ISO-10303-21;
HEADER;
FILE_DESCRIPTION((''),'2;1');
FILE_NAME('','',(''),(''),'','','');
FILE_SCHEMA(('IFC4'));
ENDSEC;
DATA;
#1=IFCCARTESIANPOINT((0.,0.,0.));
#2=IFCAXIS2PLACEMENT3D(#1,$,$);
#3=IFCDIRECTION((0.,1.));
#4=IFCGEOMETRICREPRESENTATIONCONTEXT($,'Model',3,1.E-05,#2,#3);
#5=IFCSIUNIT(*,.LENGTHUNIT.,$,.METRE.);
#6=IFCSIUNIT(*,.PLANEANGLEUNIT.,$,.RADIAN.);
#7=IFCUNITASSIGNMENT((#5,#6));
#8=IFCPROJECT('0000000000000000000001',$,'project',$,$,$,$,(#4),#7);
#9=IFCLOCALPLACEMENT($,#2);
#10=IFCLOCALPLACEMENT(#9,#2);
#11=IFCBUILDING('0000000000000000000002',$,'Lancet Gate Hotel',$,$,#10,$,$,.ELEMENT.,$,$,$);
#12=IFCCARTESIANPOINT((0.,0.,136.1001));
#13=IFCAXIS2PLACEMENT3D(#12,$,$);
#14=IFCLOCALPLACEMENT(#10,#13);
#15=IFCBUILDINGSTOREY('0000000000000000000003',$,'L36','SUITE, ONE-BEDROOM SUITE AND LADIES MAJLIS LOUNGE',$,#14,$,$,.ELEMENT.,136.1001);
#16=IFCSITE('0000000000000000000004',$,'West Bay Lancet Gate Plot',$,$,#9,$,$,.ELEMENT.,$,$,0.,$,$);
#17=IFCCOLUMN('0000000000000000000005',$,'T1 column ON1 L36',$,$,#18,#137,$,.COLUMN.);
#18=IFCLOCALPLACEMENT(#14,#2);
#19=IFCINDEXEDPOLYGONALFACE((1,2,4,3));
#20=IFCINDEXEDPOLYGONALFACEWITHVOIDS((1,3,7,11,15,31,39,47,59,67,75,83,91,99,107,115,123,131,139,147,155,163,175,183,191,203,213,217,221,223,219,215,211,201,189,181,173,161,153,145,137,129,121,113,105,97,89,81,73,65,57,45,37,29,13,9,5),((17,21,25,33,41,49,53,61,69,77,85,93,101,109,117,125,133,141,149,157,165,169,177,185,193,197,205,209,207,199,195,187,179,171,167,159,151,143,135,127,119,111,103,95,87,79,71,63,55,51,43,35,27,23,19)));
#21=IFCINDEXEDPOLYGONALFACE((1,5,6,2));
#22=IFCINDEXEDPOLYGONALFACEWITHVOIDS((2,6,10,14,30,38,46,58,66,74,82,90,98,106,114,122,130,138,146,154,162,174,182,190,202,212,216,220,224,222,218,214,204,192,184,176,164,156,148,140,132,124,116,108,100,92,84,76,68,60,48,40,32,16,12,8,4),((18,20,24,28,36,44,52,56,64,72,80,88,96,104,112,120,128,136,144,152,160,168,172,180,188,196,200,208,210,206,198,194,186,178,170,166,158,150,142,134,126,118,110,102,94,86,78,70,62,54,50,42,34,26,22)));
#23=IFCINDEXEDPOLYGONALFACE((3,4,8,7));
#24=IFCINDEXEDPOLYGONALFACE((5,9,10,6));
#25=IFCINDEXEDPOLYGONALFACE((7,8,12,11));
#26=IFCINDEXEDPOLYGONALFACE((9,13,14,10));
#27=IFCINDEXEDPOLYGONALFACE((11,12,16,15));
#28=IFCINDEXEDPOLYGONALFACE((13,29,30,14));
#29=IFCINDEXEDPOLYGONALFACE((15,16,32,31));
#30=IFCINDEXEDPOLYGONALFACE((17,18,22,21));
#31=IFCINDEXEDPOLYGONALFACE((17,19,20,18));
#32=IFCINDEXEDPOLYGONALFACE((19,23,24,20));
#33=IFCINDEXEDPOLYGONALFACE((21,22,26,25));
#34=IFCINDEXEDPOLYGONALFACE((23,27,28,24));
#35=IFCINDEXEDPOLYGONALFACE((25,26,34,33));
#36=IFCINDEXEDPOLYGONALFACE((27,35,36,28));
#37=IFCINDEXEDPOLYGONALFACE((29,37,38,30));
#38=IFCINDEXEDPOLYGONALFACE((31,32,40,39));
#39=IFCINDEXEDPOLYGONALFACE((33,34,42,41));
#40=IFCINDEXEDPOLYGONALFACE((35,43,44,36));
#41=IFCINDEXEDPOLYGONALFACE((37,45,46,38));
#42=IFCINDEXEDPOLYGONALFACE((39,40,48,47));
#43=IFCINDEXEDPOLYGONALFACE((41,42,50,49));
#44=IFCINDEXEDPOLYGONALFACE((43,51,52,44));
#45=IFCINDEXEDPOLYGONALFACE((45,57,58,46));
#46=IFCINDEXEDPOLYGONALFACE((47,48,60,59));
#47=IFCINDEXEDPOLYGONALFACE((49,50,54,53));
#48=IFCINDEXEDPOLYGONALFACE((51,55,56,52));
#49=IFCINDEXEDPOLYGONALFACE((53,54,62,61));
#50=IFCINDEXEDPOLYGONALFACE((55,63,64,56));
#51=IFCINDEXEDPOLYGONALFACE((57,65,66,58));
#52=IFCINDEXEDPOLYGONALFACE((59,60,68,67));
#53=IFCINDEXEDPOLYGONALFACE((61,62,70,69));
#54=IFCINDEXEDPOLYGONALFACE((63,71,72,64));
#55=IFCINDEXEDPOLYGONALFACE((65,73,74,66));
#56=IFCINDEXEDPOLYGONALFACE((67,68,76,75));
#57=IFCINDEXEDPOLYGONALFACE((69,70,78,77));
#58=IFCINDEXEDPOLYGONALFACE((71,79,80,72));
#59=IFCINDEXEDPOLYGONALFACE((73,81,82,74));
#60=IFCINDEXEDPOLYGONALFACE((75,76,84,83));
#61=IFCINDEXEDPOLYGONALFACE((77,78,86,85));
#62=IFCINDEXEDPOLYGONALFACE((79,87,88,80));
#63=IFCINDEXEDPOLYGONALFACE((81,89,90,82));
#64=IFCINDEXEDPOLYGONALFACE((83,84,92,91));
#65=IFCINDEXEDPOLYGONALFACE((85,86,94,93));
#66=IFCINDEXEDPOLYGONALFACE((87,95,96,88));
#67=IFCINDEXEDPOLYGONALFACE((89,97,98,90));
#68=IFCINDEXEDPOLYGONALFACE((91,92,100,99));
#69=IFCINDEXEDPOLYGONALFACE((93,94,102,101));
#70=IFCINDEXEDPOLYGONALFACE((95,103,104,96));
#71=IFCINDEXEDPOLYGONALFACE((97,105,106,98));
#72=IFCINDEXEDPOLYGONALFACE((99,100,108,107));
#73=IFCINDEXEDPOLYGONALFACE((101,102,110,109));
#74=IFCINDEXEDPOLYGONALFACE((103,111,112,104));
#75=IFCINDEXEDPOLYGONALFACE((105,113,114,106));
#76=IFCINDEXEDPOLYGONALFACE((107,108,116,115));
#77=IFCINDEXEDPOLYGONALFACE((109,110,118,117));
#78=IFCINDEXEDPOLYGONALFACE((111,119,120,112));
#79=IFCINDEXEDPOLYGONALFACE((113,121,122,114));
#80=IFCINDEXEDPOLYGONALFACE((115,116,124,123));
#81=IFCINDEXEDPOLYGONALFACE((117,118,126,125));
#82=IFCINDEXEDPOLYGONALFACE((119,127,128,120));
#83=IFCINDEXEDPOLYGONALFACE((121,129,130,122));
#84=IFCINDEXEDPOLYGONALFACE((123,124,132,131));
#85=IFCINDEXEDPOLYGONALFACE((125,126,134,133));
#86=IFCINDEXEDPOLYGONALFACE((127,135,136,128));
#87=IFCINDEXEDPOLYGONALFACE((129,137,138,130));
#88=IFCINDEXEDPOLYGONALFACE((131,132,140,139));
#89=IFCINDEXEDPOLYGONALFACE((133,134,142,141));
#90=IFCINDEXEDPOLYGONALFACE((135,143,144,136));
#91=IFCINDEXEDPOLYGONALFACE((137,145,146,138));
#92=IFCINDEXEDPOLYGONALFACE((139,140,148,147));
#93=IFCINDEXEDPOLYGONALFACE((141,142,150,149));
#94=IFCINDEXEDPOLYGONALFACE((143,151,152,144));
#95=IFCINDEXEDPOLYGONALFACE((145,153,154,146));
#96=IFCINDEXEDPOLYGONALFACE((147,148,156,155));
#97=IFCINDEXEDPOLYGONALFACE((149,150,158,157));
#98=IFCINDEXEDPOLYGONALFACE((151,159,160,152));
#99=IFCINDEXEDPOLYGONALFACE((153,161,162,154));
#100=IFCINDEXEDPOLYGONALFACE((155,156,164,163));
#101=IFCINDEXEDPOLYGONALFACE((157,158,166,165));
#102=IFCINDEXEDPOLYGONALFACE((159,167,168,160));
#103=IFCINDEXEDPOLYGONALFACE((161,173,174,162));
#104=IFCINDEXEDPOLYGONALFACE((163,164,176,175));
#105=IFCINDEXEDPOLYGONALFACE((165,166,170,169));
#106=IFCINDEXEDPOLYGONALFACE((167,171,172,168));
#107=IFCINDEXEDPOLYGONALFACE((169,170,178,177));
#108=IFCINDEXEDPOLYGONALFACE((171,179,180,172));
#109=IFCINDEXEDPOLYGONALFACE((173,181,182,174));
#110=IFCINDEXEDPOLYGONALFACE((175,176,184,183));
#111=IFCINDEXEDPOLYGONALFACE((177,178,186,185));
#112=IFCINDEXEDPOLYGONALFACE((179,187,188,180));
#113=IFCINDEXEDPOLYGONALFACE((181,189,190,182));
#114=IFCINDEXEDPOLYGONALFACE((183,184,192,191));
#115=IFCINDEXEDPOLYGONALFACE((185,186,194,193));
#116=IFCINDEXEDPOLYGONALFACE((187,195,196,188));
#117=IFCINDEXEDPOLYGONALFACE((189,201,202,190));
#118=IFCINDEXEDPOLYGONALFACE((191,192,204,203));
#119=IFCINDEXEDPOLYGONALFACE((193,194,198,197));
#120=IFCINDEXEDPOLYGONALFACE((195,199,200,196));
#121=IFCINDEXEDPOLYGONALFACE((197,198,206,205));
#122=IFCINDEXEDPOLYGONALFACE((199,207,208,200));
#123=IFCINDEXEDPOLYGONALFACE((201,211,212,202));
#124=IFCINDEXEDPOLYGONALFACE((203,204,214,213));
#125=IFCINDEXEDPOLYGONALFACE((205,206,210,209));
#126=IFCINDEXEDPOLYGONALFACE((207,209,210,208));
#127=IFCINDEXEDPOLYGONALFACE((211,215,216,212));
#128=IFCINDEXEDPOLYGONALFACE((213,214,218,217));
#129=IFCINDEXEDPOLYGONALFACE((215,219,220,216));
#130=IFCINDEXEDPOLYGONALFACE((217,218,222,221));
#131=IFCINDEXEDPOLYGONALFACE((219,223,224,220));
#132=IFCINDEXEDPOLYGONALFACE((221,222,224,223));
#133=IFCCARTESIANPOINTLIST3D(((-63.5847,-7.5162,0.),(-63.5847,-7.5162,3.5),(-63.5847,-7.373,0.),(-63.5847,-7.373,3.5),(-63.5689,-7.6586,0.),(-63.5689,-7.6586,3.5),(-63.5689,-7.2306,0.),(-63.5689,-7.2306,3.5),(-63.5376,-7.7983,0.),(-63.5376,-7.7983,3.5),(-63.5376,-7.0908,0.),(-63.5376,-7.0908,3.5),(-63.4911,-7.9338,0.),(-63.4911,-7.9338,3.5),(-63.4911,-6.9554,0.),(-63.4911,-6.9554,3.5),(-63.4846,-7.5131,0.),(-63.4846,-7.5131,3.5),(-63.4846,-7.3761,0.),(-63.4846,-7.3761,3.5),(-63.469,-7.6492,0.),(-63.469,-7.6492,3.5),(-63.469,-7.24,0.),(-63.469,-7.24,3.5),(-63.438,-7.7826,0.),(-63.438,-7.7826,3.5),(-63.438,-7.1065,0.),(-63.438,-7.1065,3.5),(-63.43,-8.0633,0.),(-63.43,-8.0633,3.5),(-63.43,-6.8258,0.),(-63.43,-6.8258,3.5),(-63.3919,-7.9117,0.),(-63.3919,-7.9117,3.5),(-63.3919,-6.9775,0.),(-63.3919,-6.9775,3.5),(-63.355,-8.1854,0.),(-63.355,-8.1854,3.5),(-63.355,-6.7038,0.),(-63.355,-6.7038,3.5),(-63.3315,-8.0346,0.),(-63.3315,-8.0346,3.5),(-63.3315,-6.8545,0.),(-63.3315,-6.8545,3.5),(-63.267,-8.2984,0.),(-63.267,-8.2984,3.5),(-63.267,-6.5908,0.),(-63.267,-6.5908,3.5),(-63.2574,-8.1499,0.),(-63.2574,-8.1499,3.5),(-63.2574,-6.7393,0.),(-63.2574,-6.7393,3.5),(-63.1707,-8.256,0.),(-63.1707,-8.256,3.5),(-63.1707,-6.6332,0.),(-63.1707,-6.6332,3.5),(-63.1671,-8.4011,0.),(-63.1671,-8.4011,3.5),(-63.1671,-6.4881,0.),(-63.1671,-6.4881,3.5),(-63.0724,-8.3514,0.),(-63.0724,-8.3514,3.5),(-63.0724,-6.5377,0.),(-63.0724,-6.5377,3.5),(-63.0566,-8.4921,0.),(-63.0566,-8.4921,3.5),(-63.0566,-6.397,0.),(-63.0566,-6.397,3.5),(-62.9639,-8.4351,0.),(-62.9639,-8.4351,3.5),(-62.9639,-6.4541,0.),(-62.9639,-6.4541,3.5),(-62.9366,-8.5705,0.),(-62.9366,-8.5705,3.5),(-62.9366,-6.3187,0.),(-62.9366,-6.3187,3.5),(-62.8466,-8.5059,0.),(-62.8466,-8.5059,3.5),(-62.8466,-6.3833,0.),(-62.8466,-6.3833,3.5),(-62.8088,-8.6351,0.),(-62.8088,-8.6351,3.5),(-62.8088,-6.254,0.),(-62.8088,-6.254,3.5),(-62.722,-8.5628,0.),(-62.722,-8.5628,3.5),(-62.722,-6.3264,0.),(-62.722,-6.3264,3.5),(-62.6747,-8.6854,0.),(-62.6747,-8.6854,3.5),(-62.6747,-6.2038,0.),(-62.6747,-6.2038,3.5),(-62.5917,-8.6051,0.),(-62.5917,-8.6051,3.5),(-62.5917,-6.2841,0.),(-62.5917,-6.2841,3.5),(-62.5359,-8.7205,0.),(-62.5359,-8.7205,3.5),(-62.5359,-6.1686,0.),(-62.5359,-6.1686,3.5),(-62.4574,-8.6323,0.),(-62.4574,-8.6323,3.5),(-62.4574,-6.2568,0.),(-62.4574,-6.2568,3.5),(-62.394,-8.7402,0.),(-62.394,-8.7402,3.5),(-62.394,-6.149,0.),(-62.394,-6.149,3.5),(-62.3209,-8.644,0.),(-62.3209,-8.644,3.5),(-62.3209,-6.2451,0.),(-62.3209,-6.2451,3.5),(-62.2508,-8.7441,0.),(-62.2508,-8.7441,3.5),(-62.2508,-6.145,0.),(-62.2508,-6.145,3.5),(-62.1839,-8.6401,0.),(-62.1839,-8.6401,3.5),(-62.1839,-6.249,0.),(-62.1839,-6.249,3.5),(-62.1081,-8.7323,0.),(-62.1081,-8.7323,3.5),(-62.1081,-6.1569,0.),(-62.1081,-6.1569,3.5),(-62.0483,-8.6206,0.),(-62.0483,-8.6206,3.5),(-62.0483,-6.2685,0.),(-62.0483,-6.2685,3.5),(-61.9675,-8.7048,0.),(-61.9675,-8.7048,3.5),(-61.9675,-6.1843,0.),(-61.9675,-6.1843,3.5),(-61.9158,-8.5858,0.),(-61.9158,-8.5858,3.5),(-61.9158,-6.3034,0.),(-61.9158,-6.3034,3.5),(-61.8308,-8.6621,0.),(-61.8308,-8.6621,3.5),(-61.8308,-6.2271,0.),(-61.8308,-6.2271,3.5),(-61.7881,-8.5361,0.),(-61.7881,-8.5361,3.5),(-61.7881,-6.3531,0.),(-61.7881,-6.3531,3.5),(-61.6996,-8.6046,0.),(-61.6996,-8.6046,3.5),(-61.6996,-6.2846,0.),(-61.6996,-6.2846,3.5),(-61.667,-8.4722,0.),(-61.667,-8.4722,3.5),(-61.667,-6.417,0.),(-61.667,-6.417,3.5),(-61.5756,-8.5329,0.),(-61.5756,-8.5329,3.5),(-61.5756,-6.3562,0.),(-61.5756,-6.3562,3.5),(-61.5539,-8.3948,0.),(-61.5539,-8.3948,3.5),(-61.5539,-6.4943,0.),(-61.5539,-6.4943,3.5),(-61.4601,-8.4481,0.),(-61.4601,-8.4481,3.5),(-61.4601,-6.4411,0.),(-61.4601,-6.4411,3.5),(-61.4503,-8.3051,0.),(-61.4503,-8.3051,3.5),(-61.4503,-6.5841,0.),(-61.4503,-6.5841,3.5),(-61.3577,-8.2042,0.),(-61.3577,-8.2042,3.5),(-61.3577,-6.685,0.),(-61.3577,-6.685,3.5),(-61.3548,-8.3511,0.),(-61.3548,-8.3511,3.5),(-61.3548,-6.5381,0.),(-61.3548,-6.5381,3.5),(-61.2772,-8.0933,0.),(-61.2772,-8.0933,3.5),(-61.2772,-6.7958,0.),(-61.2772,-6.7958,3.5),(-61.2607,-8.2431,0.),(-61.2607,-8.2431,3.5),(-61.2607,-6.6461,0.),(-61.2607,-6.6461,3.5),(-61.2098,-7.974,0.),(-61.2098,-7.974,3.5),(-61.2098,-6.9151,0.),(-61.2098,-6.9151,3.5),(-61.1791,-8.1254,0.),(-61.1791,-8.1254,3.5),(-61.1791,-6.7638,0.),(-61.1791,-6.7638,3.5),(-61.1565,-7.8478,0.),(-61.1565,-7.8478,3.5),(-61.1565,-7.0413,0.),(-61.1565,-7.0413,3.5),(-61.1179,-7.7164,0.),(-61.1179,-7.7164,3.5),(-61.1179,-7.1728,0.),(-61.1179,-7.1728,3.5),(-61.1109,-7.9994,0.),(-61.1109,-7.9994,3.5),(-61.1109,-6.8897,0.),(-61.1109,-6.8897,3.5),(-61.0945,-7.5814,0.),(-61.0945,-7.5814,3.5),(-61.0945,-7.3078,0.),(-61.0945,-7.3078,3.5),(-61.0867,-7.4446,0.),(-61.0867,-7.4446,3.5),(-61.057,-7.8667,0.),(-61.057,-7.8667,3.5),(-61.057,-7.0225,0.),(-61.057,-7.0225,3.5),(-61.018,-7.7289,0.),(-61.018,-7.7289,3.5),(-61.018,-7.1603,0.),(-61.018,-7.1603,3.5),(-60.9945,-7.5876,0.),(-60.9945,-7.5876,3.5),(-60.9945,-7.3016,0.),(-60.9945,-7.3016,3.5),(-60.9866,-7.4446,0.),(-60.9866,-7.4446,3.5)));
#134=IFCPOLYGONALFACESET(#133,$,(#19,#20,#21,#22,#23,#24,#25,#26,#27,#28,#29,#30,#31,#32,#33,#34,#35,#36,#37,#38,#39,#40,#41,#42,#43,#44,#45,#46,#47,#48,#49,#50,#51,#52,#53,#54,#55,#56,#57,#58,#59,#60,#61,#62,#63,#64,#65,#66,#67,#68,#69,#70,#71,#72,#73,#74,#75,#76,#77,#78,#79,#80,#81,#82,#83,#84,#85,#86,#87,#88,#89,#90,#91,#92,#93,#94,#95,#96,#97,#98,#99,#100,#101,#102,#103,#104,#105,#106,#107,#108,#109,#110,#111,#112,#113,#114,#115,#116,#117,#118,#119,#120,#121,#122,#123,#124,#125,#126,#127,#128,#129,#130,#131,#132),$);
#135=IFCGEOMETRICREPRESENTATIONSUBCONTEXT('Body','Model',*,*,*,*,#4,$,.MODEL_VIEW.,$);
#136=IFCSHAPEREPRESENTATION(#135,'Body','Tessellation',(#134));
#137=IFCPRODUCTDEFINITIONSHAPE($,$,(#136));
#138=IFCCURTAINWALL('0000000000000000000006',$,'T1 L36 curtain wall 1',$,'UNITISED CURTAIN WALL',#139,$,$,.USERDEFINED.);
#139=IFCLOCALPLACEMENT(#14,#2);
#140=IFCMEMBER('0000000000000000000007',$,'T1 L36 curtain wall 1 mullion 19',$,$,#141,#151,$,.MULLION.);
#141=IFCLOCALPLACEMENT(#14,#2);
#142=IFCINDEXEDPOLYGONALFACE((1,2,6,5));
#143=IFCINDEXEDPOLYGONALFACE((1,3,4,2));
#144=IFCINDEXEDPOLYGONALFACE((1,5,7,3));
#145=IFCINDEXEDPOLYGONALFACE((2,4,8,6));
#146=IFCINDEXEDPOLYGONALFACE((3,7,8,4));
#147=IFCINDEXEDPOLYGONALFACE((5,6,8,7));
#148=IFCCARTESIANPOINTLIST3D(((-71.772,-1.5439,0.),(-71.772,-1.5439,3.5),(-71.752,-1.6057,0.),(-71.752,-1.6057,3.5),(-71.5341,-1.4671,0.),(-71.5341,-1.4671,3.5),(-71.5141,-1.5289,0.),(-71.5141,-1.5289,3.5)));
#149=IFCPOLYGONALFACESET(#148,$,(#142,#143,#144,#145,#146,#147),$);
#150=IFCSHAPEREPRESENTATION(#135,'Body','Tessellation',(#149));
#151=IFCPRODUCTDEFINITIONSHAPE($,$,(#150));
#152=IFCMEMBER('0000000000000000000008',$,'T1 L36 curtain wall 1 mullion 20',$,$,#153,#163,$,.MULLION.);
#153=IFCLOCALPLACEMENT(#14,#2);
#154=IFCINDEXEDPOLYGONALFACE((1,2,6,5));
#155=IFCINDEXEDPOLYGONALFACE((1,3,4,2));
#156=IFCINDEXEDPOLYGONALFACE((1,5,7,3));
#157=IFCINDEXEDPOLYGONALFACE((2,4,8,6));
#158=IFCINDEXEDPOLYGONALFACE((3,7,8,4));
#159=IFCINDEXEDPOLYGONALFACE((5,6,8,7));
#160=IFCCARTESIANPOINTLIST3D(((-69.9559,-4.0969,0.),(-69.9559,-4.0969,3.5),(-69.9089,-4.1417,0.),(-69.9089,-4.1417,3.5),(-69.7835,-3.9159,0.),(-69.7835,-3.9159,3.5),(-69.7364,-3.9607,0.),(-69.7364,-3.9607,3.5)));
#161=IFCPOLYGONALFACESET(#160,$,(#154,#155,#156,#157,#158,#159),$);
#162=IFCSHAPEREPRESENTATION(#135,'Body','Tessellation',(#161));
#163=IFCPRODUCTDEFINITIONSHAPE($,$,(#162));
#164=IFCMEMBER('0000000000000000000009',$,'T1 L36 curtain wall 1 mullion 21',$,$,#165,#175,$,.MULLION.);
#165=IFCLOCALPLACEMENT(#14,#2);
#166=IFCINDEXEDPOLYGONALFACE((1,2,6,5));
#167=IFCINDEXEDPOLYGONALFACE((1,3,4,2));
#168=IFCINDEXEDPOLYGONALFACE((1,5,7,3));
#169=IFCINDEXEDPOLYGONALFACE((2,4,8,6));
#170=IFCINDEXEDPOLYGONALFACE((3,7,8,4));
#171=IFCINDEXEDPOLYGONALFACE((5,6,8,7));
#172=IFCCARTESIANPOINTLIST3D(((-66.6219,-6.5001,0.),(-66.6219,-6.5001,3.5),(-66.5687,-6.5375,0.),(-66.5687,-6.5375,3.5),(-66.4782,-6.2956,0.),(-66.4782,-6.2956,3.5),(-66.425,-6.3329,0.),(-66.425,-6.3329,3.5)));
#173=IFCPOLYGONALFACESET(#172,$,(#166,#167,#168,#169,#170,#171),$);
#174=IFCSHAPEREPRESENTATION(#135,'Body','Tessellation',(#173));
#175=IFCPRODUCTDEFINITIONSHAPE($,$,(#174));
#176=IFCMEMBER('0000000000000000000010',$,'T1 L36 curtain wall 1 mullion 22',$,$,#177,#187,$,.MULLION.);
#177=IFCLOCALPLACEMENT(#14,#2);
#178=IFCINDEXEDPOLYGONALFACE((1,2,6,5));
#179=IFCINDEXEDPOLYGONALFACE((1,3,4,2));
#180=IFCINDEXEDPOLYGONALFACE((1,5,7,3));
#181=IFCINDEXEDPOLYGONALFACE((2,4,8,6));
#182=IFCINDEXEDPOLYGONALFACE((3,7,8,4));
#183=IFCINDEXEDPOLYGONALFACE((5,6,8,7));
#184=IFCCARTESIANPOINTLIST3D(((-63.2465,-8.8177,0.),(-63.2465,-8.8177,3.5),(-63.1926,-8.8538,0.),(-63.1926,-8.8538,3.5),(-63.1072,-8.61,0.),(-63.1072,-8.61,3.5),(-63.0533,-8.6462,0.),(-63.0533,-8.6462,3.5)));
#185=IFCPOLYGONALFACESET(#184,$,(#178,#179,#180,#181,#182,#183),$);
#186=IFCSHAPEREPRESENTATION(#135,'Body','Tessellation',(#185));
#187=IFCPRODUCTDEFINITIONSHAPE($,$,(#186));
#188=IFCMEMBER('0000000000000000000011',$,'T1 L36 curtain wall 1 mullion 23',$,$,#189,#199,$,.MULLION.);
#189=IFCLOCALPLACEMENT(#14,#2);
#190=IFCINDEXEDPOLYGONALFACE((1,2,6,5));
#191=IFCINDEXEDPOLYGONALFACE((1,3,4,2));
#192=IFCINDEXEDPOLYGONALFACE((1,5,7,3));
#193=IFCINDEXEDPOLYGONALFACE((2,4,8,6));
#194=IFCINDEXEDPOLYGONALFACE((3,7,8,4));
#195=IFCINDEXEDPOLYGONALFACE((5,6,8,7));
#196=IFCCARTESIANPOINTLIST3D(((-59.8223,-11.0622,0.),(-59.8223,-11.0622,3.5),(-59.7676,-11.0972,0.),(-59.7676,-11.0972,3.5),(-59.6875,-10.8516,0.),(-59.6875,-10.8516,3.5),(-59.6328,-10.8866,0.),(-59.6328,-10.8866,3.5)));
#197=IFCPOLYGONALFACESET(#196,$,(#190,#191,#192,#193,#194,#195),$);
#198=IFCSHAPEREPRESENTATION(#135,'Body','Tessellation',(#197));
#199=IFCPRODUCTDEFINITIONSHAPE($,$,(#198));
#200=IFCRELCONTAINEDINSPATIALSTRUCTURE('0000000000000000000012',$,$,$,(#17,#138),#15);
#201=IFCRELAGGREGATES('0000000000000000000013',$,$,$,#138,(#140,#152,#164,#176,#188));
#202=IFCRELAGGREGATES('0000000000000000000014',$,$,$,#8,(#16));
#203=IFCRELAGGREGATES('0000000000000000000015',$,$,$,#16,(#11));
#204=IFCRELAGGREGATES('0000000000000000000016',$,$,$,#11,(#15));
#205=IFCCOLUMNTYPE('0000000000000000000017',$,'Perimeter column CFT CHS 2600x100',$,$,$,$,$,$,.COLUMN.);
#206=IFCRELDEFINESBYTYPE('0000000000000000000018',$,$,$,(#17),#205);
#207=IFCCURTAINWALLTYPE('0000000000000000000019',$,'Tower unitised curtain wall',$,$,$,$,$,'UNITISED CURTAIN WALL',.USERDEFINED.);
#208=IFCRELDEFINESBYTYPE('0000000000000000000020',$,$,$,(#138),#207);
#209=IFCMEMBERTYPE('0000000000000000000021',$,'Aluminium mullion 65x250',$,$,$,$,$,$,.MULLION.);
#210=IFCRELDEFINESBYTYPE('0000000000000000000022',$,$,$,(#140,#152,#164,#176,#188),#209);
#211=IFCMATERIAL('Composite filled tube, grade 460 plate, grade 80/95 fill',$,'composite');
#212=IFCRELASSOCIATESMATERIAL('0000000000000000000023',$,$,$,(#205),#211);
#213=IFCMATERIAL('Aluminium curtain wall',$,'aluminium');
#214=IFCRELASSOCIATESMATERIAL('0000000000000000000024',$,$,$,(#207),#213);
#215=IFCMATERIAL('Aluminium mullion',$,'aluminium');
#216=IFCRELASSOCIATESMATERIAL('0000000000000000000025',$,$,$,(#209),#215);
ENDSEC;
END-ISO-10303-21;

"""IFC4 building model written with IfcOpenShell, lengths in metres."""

from ifc_helpers import new_model, si_unit, direction, frame, origin, origin_2d, place, context, subcontext, project, spatial, rectangle, hollow_circle, extrude, material, material_profile, profile_set, type_object, element, aggregate, save


model = new_model("IFC4")

# Units and contexts
model_context = context("Model", 3, precision=1e-05, world=origin(), true_north=direction((0.0, 1.0)))
body_context = subcontext(model_context, "Body", "Model", "MODEL_VIEW")
ifc_project = project(units=[si_unit("LENGTHUNIT", "METRE"), si_unit("PLANEANGLEUNIT", "RADIAN")], contexts=[model_context])

# Site, building, storey
site_placement = place(None, origin())
site = spatial("IfcSite", under=ifc_project, at=site_placement, Name="West Bay Lancet Gate Plot", CompositionType="ELEMENT", RefElevation=0.0)
building_placement = place(site_placement, origin())
building = spatial("IfcBuilding", under=site, at=building_placement, Name="Lancet Gate Hotel", CompositionType="ELEMENT")
storey_placement = place(building_placement, frame((0.0, 0.0, 136.1001)))
storey = spatial("IfcBuildingStorey", under=building, at=storey_placement, Name="L36", Description="SUITE, ONE-BEDROOM SUITE AND LADIES MAJLIS LOUNGE", CompositionType="ELEMENT", Elevation=136.1001)

# Column
ifc_material_1 = material(Name="Composite filled tube, grade 460 plate, grade 80/95 fill", Category="composite")
ifc_material_profile_1 = material_profile(ifc_material_1, hollow_circle(Radius=1.3, WallThickness=0.1001, at=origin_2d()), Name="CHS 2600x100")
ifc_profile_set_1 = profile_set([ifc_material_profile_1], Name="Composite filled tube, grade 460 plate, grade 80/95 fill")
column_type_1 = type_object("IfcColumnType", Name="Perimeter column CFT CHS 2600x100", PredefinedType="COLUMN", material=ifc_profile_set_1)
column_1_placement = place(storey_placement, frame((-62.2866, -7.4446, 0.0), z_axis=(0.0, 0.0, 1.0), x_axis=(1.0, 0.0, 0.0)))
element("IfcColumn", 1, at=column_1_placement, inside=storey, type_object=column_type_1, Name="T1 column ON1 L36", PredefinedType="COLUMN", context=body_context, shape_type="SweptSolid", body=[
    extrude(hollow_circle(Radius=1.3, WallThickness=0.1001, at=origin_2d()), origin(), (0.0, 0.0, 1.0), 3.5),
])

# Curtain wall, members
ifc_material_2 = material(Name="Aluminium curtain wall", Category="aluminium")
curtain_wall_type = type_object("IfcCurtainWallType", Name="Tower unitised curtain wall", ElementType="UNITISED CURTAIN WALL", PredefinedType="USERDEFINED", material=ifc_material_2)
curtain_wall_placement = place(storey_placement, origin())
curtain_wall = element("IfcCurtainWall", 2, at=curtain_wall_placement, inside=storey, type_object=curtain_wall_type, Name="T1 L36 curtain wall 1", ObjectType="UNITISED CURTAIN WALL", PredefinedType="USERDEFINED")
ifc_material_3 = material(Name="Aluminium mullion", Category="aluminium")
ifc_material_profile_2 = material_profile(ifc_material_3, rectangle(XDim=0.0649, YDim=0.25, at=origin_2d()), Name="MULLION 65x250")
ifc_profile_set_2 = profile_set([ifc_material_profile_2], Name="Aluminium mullion")
member_type_1 = type_object("IfcMemberType", Name="Aluminium mullion 65x250", PredefinedType="MULLION", material=ifc_profile_set_2)
member_1_placement = place(storey_placement, frame((-71.6431, -1.5364, 0.0), z_axis=(0.0, 0.0, 1.0), x_axis=(0.307269, -0.951623, 0.0)))
member_1 = element("IfcMember", 3, at=member_1_placement, type_object=member_type_1, Name="T1 L36 curtain wall 1 mullion 19", PredefinedType="MULLION", context=body_context, shape_type="SweptSolid", body=[
    extrude(rectangle(XDim=0.0649, YDim=0.25, at=origin_2d()), origin(), (0.0, 0.0, 1.0), 3.5),
])
member_2_placement = place(storey_placement, frame((-69.8462, -4.0288, 0.0), z_axis=(0.0, 0.0, 1.0), x_axis=(0.723846, -0.689961, 0.0)))
member_2 = element("IfcMember", 4, at=member_2_placement, type_object=member_type_1, Name="T1 L36 curtain wall 1 mullion 20", PredefinedType="MULLION", context=body_context, shape_type="SweptSolid", body=[
    extrude(rectangle(XDim=0.0649, YDim=0.25, at=origin_2d()), origin(), (0.0, 0.0, 1.0), 3.5),
])
member_3_placement = place(storey_placement, frame((-66.5234, -6.4165, 0.0), z_axis=(0.0, 0.0, 1.0), x_axis=(0.818327, -0.574753, 0.0)))
member_3 = element("IfcMember", 5, at=member_3_placement, type_object=member_type_1, Name="T1 L36 curtain wall 1 mullion 21", PredefinedType="MULLION", context=body_context, shape_type="SweptSolid", body=[
    extrude(rectangle(XDim=0.0649, YDim=0.25, at=origin_2d()), origin(), (0.0, 0.0, 1.0), 3.5),
])
member_4_placement = place(storey_placement, frame((-63.1499, -8.7319, 0.0), z_axis=(0.0, 0.0, 1.0), x_axis=(0.83051, -0.557004, 0.0)))
member_4 = element("IfcMember", 6, at=member_4_placement, type_object=member_type_1, Name="T1 L36 curtain wall 1 mullion 22", PredefinedType="MULLION", context=body_context, shape_type="SweptSolid", body=[
    extrude(rectangle(XDim=0.0649, YDim=0.25, at=origin_2d()), origin(), (0.0, 0.0, 1.0), 3.5),
])
member_5_placement = place(storey_placement, frame((-59.7275, -10.9744, 0.0), z_axis=(0.0, 0.0, 1.0), x_axis=(0.842308, -0.538996, 0.0)))
member_5 = element("IfcMember", 7, at=member_5_placement, type_object=member_type_1, Name="T1 L36 curtain wall 1 mullion 23", PredefinedType="MULLION", context=body_context, shape_type="SweptSolid", body=[
    extrude(rectangle(XDim=0.0649, YDim=0.25, at=origin_2d()), origin(), (0.0, 0.0, 1.0), 3.5),
])

aggregate(curtain_wall, [member_1, member_2, member_3, member_4, member_5])

save(model, "model.ifc")
